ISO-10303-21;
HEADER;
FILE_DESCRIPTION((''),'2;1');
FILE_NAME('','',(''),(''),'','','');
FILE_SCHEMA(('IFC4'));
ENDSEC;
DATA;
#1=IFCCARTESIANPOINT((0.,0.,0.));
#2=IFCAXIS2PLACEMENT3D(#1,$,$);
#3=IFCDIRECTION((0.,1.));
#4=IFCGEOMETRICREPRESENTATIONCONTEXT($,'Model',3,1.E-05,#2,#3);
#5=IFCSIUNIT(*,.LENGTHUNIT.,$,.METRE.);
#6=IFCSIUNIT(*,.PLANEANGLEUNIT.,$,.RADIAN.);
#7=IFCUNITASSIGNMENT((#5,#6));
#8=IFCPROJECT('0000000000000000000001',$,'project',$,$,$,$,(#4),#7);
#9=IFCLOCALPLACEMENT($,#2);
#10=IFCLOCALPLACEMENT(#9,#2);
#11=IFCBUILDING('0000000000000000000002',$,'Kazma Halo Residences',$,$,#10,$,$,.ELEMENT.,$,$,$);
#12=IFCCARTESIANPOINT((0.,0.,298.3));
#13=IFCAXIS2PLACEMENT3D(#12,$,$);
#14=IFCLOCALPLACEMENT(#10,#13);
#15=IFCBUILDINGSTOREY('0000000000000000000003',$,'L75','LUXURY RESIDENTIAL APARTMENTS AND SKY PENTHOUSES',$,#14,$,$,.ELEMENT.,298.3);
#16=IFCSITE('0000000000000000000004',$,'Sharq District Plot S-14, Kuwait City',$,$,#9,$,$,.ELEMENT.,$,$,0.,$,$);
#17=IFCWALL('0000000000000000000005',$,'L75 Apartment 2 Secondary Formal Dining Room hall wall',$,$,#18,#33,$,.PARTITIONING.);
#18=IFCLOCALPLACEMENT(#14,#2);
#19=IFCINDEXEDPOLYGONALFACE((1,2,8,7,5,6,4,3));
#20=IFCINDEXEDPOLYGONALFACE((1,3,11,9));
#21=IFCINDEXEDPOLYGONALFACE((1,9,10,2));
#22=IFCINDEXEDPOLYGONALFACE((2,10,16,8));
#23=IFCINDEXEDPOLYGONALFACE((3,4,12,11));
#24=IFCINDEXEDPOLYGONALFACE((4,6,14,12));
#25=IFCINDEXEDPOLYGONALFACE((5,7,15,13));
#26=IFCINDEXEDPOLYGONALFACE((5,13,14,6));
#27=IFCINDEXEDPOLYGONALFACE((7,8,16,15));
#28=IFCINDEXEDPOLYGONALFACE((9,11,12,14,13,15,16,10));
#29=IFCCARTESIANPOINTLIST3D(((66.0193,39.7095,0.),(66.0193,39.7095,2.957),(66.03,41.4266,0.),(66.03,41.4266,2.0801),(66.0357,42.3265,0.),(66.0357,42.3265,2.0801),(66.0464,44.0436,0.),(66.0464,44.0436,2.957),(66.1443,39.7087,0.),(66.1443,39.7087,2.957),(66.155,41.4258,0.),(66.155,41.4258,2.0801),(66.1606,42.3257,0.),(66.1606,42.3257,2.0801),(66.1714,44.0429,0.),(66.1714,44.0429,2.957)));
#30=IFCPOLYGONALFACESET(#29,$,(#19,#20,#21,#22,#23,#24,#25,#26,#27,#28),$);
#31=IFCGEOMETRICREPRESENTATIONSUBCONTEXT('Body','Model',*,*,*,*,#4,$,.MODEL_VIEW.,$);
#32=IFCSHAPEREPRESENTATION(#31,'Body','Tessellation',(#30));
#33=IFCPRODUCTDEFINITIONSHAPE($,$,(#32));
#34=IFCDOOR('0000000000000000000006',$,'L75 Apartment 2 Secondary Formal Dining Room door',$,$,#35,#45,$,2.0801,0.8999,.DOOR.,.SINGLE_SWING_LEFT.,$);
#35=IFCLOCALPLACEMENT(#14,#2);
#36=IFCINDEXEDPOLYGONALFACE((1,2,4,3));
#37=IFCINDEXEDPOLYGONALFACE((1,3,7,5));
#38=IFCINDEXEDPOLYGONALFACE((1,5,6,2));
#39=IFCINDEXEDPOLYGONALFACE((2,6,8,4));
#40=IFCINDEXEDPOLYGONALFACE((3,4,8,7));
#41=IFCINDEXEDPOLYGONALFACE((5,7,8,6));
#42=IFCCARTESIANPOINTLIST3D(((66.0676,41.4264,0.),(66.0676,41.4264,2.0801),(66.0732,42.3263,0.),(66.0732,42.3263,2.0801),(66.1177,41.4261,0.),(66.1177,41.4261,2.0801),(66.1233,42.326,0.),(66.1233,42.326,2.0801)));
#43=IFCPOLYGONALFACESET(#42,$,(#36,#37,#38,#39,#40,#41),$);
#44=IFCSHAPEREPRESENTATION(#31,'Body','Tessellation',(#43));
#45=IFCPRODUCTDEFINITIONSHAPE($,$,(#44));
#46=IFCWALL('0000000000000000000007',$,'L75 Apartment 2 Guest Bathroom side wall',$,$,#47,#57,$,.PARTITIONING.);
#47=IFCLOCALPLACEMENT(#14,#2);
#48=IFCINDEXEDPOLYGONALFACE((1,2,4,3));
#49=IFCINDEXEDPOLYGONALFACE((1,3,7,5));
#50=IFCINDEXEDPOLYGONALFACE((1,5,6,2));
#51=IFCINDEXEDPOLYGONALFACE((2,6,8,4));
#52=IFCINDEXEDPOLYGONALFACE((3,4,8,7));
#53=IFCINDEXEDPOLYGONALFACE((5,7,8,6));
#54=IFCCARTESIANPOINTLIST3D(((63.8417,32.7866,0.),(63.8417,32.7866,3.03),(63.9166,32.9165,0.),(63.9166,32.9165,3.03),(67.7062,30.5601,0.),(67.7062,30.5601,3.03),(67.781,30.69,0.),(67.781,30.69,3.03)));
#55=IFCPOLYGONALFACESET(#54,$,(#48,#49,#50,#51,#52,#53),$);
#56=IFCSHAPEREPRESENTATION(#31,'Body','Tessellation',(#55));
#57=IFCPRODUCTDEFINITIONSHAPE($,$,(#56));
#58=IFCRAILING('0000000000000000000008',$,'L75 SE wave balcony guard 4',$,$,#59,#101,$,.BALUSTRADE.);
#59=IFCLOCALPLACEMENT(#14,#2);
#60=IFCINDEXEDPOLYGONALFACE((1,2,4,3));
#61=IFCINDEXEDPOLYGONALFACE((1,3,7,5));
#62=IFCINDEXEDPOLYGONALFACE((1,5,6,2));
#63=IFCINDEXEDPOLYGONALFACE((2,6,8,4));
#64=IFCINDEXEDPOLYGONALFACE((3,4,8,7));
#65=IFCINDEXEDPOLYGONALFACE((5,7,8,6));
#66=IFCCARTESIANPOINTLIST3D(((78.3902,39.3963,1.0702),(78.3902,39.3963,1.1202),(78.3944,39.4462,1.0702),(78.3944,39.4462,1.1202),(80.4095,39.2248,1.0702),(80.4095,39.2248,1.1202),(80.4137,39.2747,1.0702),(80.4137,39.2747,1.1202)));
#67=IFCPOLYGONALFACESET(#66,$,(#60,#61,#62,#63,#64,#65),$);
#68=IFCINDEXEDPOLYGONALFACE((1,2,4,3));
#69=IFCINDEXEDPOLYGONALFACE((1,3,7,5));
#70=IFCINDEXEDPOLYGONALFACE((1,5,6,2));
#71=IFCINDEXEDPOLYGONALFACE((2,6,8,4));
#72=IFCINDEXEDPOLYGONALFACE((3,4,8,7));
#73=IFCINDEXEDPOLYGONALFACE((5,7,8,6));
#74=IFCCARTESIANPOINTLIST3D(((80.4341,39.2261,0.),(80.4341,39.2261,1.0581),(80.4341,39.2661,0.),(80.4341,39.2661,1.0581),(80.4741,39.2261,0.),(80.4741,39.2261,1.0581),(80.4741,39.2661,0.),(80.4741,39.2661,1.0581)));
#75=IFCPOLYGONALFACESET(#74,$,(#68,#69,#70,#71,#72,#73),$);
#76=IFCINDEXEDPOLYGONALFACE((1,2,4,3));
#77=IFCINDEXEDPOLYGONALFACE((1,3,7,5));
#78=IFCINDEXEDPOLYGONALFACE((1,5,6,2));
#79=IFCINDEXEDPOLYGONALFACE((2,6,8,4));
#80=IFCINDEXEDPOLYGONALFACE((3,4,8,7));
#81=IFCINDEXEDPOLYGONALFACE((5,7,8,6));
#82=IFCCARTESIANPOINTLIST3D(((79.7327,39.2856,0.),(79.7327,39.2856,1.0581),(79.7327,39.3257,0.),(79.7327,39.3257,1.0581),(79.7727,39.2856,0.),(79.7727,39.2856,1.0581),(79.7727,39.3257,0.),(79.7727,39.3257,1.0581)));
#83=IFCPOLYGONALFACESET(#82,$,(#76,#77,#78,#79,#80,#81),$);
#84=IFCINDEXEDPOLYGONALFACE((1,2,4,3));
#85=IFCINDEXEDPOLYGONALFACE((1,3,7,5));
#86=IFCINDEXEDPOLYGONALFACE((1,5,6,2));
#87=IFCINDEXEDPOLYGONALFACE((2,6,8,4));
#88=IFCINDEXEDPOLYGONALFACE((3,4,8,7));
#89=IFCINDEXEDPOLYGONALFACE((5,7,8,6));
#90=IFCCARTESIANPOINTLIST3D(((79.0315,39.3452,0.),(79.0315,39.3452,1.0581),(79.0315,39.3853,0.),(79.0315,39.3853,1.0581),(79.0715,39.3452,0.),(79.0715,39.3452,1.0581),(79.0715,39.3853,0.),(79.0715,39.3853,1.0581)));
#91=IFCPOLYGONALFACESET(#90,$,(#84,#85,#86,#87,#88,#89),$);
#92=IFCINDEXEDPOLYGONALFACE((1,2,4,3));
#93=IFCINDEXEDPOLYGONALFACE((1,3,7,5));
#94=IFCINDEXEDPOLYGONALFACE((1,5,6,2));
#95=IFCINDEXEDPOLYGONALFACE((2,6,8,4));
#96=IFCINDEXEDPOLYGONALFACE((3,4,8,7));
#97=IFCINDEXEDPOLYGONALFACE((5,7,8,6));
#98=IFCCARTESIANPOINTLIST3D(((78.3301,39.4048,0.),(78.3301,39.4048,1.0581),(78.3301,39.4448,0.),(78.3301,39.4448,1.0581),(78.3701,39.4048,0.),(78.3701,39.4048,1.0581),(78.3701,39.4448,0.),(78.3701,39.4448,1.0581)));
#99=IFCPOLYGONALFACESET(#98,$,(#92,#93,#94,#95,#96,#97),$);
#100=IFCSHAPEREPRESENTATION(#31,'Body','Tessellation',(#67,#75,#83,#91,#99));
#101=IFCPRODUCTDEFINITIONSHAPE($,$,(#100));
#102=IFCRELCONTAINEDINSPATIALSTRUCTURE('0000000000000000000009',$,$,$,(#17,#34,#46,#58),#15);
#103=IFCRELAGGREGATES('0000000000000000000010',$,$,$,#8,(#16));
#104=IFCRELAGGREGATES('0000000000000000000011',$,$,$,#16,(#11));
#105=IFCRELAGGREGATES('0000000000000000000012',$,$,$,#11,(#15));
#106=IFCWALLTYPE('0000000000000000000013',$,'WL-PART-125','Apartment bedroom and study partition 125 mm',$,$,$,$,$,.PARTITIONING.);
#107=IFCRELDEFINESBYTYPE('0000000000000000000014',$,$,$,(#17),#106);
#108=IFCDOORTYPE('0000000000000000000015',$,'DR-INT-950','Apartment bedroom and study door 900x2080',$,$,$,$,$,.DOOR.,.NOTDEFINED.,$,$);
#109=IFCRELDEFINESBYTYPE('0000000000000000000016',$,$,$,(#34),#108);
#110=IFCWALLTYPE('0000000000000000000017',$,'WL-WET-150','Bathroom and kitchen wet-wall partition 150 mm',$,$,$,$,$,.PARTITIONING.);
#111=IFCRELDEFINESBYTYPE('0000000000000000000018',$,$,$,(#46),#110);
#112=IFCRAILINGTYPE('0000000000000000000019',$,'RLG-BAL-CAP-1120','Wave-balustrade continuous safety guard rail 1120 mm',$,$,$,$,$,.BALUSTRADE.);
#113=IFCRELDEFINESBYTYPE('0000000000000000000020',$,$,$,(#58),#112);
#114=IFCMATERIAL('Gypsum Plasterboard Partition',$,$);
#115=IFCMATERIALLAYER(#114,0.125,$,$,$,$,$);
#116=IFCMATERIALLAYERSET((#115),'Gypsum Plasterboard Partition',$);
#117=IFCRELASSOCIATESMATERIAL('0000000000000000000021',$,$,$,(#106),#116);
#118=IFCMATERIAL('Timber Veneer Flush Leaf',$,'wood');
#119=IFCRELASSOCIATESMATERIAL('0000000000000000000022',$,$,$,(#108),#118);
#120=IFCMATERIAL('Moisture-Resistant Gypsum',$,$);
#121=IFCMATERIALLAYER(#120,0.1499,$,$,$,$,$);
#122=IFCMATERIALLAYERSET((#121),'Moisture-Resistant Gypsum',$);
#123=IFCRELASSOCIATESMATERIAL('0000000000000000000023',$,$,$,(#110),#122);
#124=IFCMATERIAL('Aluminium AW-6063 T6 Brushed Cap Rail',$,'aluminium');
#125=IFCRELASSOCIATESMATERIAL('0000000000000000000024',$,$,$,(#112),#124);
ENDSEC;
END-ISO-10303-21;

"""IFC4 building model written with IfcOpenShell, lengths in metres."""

from ifc_helpers import new_model, si_unit, direction, frame, frame_2d, origin, origin_2d, place, context, subcontext, project, spatial, rectangle, extrude, material, layer, layer_set, type_object, element, fill, save


model = new_model("IFC4")

# Units and contexts
model_context = context("Model", 3, precision=1e-05, world=origin(), true_north=direction((0.0, 1.0)))
body_context = subcontext(model_context, "Body", "Model", "MODEL_VIEW")
ifc_project = project(units=[si_unit("LENGTHUNIT", "METRE"), si_unit("PLANEANGLEUNIT", "RADIAN")], contexts=[model_context])

# Site, building, storey
site_placement = place(None, origin())
site = spatial("IfcSite", under=ifc_project, at=site_placement, Name="Sharq District Plot S-14, Kuwait City", CompositionType="ELEMENT", RefElevation=0.0)
building_placement = place(site_placement, origin())
building = spatial("IfcBuilding", under=site, at=building_placement, Name="Kazma Halo Residences", CompositionType="ELEMENT")
storey_placement = place(building_placement, frame((0.0, 0.0, 298.3)))
storey = spatial("IfcBuildingStorey", under=building, at=storey_placement, Name="L75", Description="LUXURY RESIDENTIAL APARTMENTS AND SKY PENTHOUSES", CompositionType="ELEMENT", Elevation=298.3)

# Shared definitions
ifc_material_1 = material(Name="Gypsum Plasterboard Partition")
ifc_layer_1 = layer(ifc_material_1, 0.125)
ifc_layer_set_1 = layer_set([ifc_layer_1], Name="Gypsum Plasterboard Partition")
wall_type_1 = type_object("IfcWallType", Name="WL-PART-125", Description="Apartment bedroom and study partition 125 mm", PredefinedType="PARTITIONING", material=ifc_layer_set_1)

# Wall, opening, door
wall_1_placement = place(storey_placement, frame((66.0818, 39.7092, 0.0), z_axis=(0.0, 0.0, 1.0), x_axis=(0.006252, 0.99998, 0.0)))
wall_1 = element("IfcWall", 1, at=wall_1_placement, inside=storey, type_object=wall_type_1, Name="L75 Apartment 2 Secondary Formal Dining Room hall wall", PredefinedType="PARTITIONING", context=body_context, shape_type="SweptSolid", body=[
    extrude(rectangle(XDim=4.3342, YDim=0.125, at=frame_2d((2.167, 0.0))), origin(), (0.0, 0.0, 1.0), 2.957),
])
opening_1_placement = place(wall_1_placement, frame((1.717, 0.0, 0.0)))
opening_1 = element("IfcOpeningElement", 2, at=opening_1_placement, cuts=wall_1, PredefinedType="OPENING", context=body_context, shape_type="SweptSolid", body=[
    extrude(rectangle(XDim=0.8999, YDim=2.0801, at=frame_2d((0.45, 1.04))), frame((0.0, 0.0725, 0.0), z_axis=(0.0, -1.0, 0.0), x_axis=(1.0, 0.0, 0.0)), (0.0, 0.0, 1.0), 0.145),
])
ifc_material_2 = material(Name="Timber Veneer Flush Leaf", Category="wood")
door_type_1 = type_object("IfcDoorType", Name="DR-INT-950", Description="Apartment bedroom and study door 900x2080", OperationType="NOTDEFINED", PredefinedType="DOOR", material=ifc_material_2)
door_1_placement = place(opening_1_placement, origin())
door_1 = element("IfcDoor", 3, at=door_1_placement, inside=storey, type_object=door_type_1, Name="L75 Apartment 2 Secondary Formal Dining Room door", OperationType="SINGLE_SWING_LEFT", OverallHeight=2.0801, OverallWidth=0.8999, PredefinedType="DOOR", context=body_context, shape_type="SweptSolid", body=[
    extrude(rectangle(XDim=0.8999, YDim=2.0801, at=frame_2d((0.45, 1.04))), frame((0.0, 0.0249, 0.0), z_axis=(0.0, -1.0, 0.0), x_axis=(1.0, 0.0, 0.0)), (0.0, 0.0, 1.0), 0.05),
])
fill(opening_1, door_1)

# Wall
ifc_material_3 = material(Name="Moisture-Resistant Gypsum")
ifc_layer_2 = layer(ifc_material_3, 0.1499)
ifc_layer_set_2 = layer_set([ifc_layer_2], Name="Moisture-Resistant Gypsum")
wall_type_2 = type_object("IfcWallType", Name="WL-WET-150", Description="Bathroom and kitchen wet-wall partition 150 mm", PredefinedType="PARTITIONING", material=ifc_layer_set_2)
wall_2_placement = place(storey_placement, frame((63.8792, 32.8516, 0.0), z_axis=(0.0, 0.0, 1.0), x_axis=(0.866473, -0.499225, 0.0)))
element("IfcWall", 4, at=wall_2_placement, inside=storey, type_object=wall_type_2, Name="L75 Apartment 2 Guest Bathroom side wall", PredefinedType="PARTITIONING", context=body_context, shape_type="SweptSolid", body=[
    extrude(rectangle(XDim=4.46, YDim=0.1499, at=frame_2d((2.23, 0.0))), origin(), (0.0, 0.0, 1.0), 3.03),
])

# Railing
ifc_material_4 = material(Name="Aluminium AW-6063 T6 Brushed Cap Rail", Category="aluminium")
railing_type = type_object("IfcRailingType", Name="RLG-BAL-CAP-1120", Description="Wave-balustrade continuous safety guard rail 1120 mm", PredefinedType="BALUSTRADE", material=ifc_material_4)
railing_placement = place(storey_placement, frame((80.4541, 39.2461, 0.0)))
element("IfcRailing", 5, at=railing_placement, inside=storey, type_object=railing_type, Name="L75 SE wave balcony guard 4", PredefinedType="BALUSTRADE", context=body_context, shape_type="SweptSolid", body=[
    extrude(rectangle(XDim=0.05, YDim=0.05, at=origin_2d()), frame((-0.0425, 0.0037, 1.0952), z_axis=(-0.996412, 0.084634, 0.0), x_axis=(-0.084634, -0.996412, 0.0)), (0.0, 0.0, 1.0), 2.0266),
    extrude(rectangle(XDim=0.04, YDim=0.04, at=origin_2d()), origin(), (0.0, 0.0, 1.0), 1.0581),
    extrude(rectangle(XDim=0.04, YDim=0.04, at=origin_2d()), frame((-0.7014, 0.0596, 0.0)), (0.0, 0.0, 1.0), 1.0581),
    extrude(rectangle(XDim=0.04, YDim=0.04, at=origin_2d()), frame((-1.4026, 0.1191, 0.0)), (0.0, 0.0, 1.0), 1.0581),
    extrude(rectangle(XDim=0.04, YDim=0.04, at=origin_2d()), frame((-2.104, 0.1787, 0.0)), (0.0, 0.0, 1.0), 1.0581),
])

save(model, "model.ifc")
